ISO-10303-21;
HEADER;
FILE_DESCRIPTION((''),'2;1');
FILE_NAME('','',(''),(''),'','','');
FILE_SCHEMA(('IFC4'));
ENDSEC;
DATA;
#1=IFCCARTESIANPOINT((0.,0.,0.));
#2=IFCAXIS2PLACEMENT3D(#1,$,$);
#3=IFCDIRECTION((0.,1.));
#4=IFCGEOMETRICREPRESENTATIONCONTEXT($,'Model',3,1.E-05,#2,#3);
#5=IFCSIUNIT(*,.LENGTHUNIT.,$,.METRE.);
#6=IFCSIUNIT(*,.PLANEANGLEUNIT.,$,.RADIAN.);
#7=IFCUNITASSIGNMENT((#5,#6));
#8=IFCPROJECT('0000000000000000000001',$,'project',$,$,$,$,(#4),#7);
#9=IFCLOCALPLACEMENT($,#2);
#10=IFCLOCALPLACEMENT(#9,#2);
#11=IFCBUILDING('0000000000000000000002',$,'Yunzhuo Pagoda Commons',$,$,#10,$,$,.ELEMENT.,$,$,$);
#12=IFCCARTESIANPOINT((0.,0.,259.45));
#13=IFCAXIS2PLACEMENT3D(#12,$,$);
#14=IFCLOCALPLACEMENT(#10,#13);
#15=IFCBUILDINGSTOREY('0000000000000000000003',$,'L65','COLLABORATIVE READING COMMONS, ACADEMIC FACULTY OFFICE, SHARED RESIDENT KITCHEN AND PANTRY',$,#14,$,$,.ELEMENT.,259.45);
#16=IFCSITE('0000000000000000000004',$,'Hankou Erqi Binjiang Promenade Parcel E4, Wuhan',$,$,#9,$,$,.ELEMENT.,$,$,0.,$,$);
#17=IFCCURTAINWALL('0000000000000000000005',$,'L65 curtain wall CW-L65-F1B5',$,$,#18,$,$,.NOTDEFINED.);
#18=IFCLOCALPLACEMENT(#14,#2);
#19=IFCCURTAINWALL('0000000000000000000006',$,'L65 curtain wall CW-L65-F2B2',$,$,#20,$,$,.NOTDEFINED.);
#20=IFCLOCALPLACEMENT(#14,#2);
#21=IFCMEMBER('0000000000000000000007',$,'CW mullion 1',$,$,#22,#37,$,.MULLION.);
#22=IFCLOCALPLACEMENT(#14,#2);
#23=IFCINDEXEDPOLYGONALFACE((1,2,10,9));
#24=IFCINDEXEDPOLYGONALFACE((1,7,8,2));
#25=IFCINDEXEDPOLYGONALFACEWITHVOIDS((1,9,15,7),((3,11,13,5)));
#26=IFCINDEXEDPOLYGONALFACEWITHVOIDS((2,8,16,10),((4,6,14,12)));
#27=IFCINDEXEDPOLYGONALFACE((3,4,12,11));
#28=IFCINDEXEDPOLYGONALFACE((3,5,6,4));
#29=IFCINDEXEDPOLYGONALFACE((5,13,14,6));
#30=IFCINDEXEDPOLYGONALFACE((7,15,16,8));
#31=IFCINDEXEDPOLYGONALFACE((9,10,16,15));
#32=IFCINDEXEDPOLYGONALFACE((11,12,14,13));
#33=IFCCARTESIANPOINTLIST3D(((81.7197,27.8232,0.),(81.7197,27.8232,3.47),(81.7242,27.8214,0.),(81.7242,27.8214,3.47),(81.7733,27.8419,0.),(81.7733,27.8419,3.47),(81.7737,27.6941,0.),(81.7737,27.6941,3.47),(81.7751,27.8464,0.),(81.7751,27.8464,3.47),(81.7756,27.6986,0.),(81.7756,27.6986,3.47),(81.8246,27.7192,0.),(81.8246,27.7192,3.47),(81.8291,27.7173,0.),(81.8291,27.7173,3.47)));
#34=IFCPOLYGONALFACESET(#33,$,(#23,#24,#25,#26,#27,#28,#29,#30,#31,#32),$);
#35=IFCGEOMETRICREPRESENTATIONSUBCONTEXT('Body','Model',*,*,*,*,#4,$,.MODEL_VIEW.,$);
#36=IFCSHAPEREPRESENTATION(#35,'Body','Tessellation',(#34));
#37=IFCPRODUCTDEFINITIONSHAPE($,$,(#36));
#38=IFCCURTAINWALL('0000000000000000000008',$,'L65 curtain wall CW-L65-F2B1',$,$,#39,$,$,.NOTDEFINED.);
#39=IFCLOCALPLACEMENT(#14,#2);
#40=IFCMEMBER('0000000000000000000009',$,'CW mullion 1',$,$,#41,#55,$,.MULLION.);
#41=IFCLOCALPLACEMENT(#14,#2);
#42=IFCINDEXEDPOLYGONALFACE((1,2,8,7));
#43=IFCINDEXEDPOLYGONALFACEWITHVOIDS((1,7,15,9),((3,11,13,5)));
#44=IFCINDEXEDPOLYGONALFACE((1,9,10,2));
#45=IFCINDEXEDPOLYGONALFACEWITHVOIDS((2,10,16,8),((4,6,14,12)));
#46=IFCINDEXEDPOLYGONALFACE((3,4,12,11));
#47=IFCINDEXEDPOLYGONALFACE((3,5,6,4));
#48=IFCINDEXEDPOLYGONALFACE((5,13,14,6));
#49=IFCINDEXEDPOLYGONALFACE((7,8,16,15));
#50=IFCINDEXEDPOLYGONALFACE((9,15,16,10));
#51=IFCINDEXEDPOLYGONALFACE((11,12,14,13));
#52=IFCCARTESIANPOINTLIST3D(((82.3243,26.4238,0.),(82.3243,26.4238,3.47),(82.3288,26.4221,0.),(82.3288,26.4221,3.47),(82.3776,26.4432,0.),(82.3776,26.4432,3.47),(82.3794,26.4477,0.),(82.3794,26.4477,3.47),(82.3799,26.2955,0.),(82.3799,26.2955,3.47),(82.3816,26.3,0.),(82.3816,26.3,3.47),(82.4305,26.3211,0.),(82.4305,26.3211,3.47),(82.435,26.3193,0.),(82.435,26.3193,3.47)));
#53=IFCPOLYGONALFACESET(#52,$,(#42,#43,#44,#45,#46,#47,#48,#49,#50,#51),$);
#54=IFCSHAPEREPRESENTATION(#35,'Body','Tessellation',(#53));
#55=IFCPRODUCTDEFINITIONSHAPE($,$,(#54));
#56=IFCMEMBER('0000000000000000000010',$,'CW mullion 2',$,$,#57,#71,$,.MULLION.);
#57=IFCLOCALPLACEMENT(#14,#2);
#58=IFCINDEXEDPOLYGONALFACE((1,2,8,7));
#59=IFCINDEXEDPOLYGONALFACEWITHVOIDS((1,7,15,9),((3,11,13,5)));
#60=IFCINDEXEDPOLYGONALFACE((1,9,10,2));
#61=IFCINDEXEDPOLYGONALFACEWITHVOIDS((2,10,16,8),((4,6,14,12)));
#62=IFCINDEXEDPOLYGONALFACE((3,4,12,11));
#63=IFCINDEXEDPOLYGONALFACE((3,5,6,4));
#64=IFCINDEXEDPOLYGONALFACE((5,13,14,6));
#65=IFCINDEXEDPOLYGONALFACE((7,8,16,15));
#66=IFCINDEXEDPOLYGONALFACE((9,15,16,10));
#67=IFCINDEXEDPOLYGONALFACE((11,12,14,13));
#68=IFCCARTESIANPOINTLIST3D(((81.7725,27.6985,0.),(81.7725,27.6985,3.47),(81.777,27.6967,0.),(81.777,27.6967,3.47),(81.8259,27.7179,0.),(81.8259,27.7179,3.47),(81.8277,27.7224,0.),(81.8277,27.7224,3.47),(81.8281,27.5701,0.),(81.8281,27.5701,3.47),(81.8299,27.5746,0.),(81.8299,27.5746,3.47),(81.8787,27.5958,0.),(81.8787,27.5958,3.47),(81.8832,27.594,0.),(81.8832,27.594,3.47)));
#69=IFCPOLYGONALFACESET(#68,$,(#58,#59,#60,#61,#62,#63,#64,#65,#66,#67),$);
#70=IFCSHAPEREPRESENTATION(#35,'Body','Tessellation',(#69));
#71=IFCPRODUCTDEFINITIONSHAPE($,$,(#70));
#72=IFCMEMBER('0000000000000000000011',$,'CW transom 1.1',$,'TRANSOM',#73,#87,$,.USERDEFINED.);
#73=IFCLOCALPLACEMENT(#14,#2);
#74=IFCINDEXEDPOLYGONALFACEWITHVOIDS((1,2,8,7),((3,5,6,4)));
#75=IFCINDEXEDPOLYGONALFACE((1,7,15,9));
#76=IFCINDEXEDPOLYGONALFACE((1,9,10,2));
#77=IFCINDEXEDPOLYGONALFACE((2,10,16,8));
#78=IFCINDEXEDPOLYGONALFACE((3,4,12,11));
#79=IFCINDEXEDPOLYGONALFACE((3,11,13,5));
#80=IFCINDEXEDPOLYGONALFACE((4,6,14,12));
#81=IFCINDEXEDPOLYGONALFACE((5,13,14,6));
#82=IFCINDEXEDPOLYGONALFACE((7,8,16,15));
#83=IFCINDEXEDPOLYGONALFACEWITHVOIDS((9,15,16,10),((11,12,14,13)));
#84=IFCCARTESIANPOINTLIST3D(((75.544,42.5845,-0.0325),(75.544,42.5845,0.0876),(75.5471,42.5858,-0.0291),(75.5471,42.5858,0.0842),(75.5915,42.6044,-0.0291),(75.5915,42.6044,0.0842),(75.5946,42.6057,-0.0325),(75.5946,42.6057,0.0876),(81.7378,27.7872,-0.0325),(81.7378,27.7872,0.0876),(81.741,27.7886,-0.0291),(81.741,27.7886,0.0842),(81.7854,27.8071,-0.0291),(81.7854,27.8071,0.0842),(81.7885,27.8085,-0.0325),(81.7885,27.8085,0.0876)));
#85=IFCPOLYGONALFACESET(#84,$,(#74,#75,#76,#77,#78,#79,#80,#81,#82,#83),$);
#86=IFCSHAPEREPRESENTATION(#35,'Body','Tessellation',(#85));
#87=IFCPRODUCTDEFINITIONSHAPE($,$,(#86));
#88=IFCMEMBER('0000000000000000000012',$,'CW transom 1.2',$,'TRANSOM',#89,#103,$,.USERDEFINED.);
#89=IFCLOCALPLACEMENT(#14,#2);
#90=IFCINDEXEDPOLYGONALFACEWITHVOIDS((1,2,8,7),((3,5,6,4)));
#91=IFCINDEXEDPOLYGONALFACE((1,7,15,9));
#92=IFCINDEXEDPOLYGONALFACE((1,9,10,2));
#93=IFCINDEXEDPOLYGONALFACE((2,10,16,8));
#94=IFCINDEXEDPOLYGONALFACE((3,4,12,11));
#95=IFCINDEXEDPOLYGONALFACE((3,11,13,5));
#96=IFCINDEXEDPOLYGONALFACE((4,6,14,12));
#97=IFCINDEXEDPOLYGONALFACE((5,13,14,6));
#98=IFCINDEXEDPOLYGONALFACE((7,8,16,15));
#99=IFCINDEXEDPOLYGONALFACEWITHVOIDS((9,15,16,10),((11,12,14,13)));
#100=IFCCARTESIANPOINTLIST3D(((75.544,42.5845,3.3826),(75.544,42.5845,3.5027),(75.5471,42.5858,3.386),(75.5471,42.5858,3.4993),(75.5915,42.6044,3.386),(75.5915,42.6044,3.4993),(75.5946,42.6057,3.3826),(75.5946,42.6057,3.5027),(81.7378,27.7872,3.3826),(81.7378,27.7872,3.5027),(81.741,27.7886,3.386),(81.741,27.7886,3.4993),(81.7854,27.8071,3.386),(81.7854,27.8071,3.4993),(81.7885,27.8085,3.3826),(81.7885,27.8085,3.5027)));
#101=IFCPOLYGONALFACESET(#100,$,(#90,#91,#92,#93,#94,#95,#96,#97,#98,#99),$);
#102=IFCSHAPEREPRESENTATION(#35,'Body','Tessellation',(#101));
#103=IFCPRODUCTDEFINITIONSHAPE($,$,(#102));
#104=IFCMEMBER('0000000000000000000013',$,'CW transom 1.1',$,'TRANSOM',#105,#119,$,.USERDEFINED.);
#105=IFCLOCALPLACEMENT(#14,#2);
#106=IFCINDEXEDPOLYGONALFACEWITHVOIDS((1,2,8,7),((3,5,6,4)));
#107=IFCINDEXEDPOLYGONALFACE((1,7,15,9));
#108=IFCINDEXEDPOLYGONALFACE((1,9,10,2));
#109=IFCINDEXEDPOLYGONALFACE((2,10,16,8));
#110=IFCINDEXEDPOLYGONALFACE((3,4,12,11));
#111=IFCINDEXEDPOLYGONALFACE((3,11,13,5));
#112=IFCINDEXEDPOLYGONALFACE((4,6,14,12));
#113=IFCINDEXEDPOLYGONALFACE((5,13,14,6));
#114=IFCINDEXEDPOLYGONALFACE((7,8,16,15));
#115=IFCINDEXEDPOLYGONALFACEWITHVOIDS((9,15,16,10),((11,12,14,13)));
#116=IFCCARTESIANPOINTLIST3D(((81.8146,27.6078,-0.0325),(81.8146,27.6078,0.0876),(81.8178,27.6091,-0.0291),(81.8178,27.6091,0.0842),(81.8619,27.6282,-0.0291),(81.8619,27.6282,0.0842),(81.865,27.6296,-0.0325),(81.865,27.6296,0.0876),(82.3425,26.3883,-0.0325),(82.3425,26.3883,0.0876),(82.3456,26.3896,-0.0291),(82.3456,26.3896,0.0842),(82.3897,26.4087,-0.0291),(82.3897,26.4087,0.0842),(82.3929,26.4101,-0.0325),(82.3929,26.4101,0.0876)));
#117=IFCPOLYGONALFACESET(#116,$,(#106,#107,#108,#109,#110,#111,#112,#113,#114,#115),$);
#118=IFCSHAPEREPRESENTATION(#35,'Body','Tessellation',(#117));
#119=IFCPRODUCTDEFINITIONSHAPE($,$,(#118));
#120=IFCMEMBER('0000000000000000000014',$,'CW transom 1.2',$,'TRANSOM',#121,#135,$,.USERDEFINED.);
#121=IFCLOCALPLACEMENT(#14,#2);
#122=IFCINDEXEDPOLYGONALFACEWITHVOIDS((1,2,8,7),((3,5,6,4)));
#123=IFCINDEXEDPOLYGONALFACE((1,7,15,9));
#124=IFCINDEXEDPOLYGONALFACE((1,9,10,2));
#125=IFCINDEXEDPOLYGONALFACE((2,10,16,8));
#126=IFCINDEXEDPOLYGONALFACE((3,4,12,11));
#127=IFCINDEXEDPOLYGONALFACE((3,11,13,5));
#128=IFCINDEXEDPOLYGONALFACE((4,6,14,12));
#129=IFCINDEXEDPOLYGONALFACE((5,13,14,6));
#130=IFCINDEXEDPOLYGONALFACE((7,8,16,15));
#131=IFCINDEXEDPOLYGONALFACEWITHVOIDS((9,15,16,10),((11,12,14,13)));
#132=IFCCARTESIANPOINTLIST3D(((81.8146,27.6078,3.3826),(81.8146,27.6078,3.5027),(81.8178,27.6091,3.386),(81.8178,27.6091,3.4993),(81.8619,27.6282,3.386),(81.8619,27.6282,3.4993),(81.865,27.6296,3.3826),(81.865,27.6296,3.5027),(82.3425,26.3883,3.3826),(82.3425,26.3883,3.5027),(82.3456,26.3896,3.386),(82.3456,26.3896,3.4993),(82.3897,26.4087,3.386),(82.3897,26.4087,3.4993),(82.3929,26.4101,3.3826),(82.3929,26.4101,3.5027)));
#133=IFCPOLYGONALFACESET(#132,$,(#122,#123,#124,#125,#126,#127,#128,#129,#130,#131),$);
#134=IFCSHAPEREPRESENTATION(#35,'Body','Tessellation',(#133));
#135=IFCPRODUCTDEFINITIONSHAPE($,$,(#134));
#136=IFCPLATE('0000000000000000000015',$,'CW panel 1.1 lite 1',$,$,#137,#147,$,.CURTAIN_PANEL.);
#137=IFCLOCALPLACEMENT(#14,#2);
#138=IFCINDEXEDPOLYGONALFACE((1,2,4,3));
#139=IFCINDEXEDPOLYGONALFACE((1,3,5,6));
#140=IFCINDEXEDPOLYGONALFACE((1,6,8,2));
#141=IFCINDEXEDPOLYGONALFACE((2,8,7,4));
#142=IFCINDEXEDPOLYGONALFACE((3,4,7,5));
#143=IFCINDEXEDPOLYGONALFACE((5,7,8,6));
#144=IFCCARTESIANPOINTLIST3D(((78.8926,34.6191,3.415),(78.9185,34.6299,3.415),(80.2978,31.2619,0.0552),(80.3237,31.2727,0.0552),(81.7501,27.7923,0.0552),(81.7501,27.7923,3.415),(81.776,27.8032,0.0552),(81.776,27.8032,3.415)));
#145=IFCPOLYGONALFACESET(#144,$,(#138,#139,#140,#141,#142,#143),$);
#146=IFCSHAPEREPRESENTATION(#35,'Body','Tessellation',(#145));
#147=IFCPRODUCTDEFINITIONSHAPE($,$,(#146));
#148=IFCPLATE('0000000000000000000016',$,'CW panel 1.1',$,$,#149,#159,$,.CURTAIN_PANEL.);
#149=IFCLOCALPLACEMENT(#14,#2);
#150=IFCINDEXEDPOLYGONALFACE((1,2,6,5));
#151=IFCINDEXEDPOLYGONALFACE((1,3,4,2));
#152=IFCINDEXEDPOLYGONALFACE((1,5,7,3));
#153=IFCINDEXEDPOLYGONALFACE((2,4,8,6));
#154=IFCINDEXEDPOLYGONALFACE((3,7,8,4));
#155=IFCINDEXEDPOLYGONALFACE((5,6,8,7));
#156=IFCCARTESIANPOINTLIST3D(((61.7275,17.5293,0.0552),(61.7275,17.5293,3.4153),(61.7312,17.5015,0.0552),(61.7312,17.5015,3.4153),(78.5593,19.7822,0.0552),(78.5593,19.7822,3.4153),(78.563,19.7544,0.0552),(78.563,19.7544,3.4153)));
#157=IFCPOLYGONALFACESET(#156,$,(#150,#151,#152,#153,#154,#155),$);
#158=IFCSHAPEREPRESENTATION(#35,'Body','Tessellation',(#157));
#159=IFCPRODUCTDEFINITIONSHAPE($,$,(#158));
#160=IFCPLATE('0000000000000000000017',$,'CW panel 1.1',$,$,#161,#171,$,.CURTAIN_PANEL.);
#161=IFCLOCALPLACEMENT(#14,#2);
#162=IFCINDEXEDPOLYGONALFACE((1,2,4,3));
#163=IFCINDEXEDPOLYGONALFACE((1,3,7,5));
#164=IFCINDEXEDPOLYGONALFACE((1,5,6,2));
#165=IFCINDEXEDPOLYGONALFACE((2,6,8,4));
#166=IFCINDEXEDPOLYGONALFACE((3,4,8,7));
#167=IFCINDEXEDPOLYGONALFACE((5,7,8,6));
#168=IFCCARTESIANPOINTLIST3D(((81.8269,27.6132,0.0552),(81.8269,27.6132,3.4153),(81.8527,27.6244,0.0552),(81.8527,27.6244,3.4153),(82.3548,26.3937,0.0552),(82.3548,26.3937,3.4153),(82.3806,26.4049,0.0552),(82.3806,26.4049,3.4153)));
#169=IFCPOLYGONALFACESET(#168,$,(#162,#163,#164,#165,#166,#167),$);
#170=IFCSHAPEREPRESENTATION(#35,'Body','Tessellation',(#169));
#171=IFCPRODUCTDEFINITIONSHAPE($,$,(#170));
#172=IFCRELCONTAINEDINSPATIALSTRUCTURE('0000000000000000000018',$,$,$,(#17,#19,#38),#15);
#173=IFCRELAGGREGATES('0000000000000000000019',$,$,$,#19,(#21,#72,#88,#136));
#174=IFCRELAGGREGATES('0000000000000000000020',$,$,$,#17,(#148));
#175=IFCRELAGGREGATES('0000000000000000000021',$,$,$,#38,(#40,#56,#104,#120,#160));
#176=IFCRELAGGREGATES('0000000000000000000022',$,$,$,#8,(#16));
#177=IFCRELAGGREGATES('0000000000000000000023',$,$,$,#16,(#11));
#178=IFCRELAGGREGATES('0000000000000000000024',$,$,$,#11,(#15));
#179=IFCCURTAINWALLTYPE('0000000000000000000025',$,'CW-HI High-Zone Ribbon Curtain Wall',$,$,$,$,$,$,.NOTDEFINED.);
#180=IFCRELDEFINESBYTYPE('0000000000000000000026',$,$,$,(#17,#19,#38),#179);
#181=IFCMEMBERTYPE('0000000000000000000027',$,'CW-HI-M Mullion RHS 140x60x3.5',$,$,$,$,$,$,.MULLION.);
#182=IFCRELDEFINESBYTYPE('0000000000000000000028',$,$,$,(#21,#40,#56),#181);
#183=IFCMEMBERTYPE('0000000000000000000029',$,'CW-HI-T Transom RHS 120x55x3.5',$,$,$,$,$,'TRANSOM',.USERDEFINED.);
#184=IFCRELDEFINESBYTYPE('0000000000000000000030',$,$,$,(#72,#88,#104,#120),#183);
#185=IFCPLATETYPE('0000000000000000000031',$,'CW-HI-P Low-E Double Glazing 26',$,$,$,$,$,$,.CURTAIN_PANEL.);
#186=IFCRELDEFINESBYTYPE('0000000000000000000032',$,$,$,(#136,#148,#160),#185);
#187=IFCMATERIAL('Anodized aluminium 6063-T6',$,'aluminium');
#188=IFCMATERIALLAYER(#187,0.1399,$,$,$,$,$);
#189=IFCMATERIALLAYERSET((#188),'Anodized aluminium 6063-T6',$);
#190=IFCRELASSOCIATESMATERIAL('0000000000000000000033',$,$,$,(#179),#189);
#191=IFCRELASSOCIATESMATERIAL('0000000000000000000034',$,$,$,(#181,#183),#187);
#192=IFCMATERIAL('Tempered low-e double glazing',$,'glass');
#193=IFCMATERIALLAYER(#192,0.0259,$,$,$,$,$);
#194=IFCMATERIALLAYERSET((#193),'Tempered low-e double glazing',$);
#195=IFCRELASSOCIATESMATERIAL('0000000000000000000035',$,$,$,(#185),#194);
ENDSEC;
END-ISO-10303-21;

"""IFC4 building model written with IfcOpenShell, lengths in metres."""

from ifc_helpers import new_model, si_unit, direction, frame, origin, origin_2d, place, context, subcontext, project, spatial, polyline, rectangle, hollow_rectangle, outline, extrude, source, transform, mapped, material, layer, layer_set, material_profile, profile_set, type_object, element, aggregate, save


model = new_model("IFC4")

# Units and contexts
model_context = context("Model", 3, precision=1e-05, world=origin(), true_north=direction((0.0, 1.0)))
body_context = subcontext(model_context, "Body", "Model", "MODEL_VIEW")
ifc_project = project(units=[si_unit("LENGTHUNIT", "METRE"), si_unit("PLANEANGLEUNIT", "RADIAN")], contexts=[model_context])

# Site, building, storey
site_placement = place(None, origin())
site = spatial("IfcSite", under=ifc_project, at=site_placement, Name="Hankou Erqi Binjiang Promenade Parcel E4, Wuhan", CompositionType="ELEMENT", RefElevation=0.0)
building_placement = place(site_placement, origin())
building = spatial("IfcBuilding", under=site, at=building_placement, Name="Yunzhuo Pagoda Commons", CompositionType="ELEMENT")
storey_placement = place(building_placement, frame((0.0, 0.0, 259.45)))
storey = spatial("IfcBuildingStorey", under=building, at=storey_placement, Name="L65", Description="COLLABORATIVE READING COMMONS, ACADEMIC FACULTY OFFICE, SHARED RESIDENT KITCHEN AND PANTRY", CompositionType="ELEMENT", Elevation=259.45)

# Curtain walls, member
ifc_material_1 = material(Name="Anodized aluminium 6063-T6", Category="aluminium")
ifc_layer_1 = layer(ifc_material_1, 0.1399)
ifc_layer_set_1 = layer_set([ifc_layer_1], Name="Anodized aluminium 6063-T6")
curtain_wall_type = type_object("IfcCurtainWallType", Name="CW-HI High-Zone Ribbon Curtain Wall", PredefinedType="NOTDEFINED", material=ifc_layer_set_1)
curtain_wall_1_placement = place(storey_placement, origin())
curtain_wall_1 = element("IfcCurtainWall", 1, at=curtain_wall_1_placement, inside=storey, type_object=curtain_wall_type, Name="L65 curtain wall CW-L65-F1B5", PredefinedType="NOTDEFINED")
ifc_material_profile_1 = material_profile(ifc_material_1, hollow_rectangle(XDim=0.0601, YDim=0.1399, WallThickness=0.0034, at=origin_2d()), Name="Anodized aluminium 6063-T6")
ifc_profile_set_1 = profile_set([ifc_material_profile_1], Name="Anodized aluminium 6063-T6")
member_type_1 = type_object("IfcMemberType", Name="CW-HI-M Mullion RHS 140x60x3.5", PredefinedType="MULLION", material=ifc_profile_set_1)
shared_shape_1 = source(origin(), body_context, "Body", "SweptSolid", [
    extrude(hollow_rectangle(XDim=0.0601, YDim=0.1399, WallThickness=0.0034, at=origin_2d()), origin(), (0.0, 0.0, 1.0), 3.47),
])
curtain_wall_2_placement = place(storey_placement, origin())
curtain_wall_2 = element("IfcCurtainWall", 2, at=curtain_wall_2_placement, inside=storey, type_object=curtain_wall_type, Name="L65 curtain wall CW-L65-F2B2", PredefinedType="NOTDEFINED")
member_1_placement = place(storey_placement, frame((81.7744, 27.7703, 0.0), z_axis=(0.0, 0.0, 1.0), x_axis=(-0.922451, -0.386115, 0.0)))
member_1 = element("IfcMember", 3, at=member_1_placement, type_object=member_type_1, Name="CW mullion 1", PredefinedType="MULLION", context=body_context, shape_type="MappedRepresentation", body=[
    mapped(shared_shape_1, transform((0.0, 0.0, 0.0), scale=1.0)),
])

# Curtain wall, members
curtain_wall_3_placement = place(storey_placement, origin())
curtain_wall_3 = element("IfcCurtainWall", 4, at=curtain_wall_3_placement, inside=storey, type_object=curtain_wall_type, Name="L65 curtain wall CW-L65-F2B1", PredefinedType="NOTDEFINED")
member_2_placement = place(storey_placement, frame((82.3796, 26.3716, 0.0), z_axis=(0.0, 0.0, 1.0), x_axis=(-0.917707, -0.397257, 0.0)))
member_2 = element("IfcMember", 5, at=member_2_placement, type_object=member_type_1, Name="CW mullion 1", PredefinedType="MULLION", context=body_context, shape_type="MappedRepresentation", body=[
    mapped(shared_shape_1, transform((0.0, 0.0, 0.0), scale=1.0)),
])
member_3_placement = place(storey_placement, frame((81.8279, 27.6462, 0.0), z_axis=(0.0, 0.0, 1.0), x_axis=(-0.917707, -0.397257, 0.0)))
member_3 = element("IfcMember", 6, at=member_3_placement, type_object=member_type_1, Name="CW mullion 2", PredefinedType="MULLION", context=body_context, shape_type="MappedRepresentation", body=[
    mapped(shared_shape_1, transform((0.0, 0.0, 0.0), scale=1.0)),
])

# Members
ifc_material_profile_2 = material_profile(ifc_material_1, hollow_rectangle(XDim=0.0549, YDim=0.1201, WallThickness=0.0034, at=origin_2d()), Name="Anodized aluminium 6063-T6")
ifc_profile_set_2 = profile_set([ifc_material_profile_2], Name="Anodized aluminium 6063-T6")
member_type_2 = type_object("IfcMemberType", Name="CW-HI-T Transom RHS 120x55x3.5", ElementType="TRANSOM", PredefinedType="USERDEFINED", material=ifc_profile_set_2)
shared_shape_2 = source(origin(), body_context, "Body", "SweptSolid", [
    extrude(hollow_rectangle(XDim=0.0549, YDim=0.1201, WallThickness=0.0034, at=origin_2d()), origin(), (0.0, 0.0, 1.0), 16.0413),
])
member_4_placement = place(storey_placement, frame((81.7632, 27.7979, 0.0276), z_axis=(-0.386122, 0.922448, 0.0), x_axis=(-0.922448, -0.386122, 0.0)))
member_4 = element("IfcMember", 7, at=member_4_placement, type_object=member_type_2, Name="CW transom 1.1", ObjectType="TRANSOM", PredefinedType="USERDEFINED", context=body_context, shape_type="MappedRepresentation", body=[
    mapped(shared_shape_2, transform((0.0, 0.0, 0.0), scale=1.0)),
])
member_5_placement = place(storey_placement, frame((81.7632, 27.7979, 3.4426), z_axis=(-0.386122, 0.922448, 0.0), x_axis=(-0.922448, -0.386122, 0.0)))
member_5 = element("IfcMember", 8, at=member_5_placement, type_object=member_type_2, Name="CW transom 1.2", ObjectType="TRANSOM", PredefinedType="USERDEFINED", context=body_context, shape_type="MappedRepresentation", body=[
    mapped(shared_shape_2, transform((0.0, 0.0, 0.0), scale=1.0)),
])
shared_shape_3 = source(origin(), body_context, "Body", "SweptSolid", [
    extrude(hollow_rectangle(XDim=0.0549, YDim=0.1201, WallThickness=0.0034, at=origin_2d()), origin(), (0.0, 0.0, 1.0), 1.3289),
])
member_6_placement = place(storey_placement, frame((82.3677, 26.3992, 0.0276), z_axis=(-0.397221, 0.917723, 0.0), x_axis=(-0.917723, -0.397221, 0.0)))
member_6 = element("IfcMember", 9, at=member_6_placement, type_object=member_type_2, Name="CW transom 1.1", ObjectType="TRANSOM", PredefinedType="USERDEFINED", context=body_context, shape_type="MappedRepresentation", body=[
    mapped(shared_shape_3, transform((0.0, 0.0, 0.0), scale=1.0)),
])
member_7_placement = place(storey_placement, frame((82.3677, 26.3992, 3.4426), z_axis=(-0.397221, 0.917723, 0.0), x_axis=(-0.917723, -0.397221, 0.0)))
member_7 = element("IfcMember", 10, at=member_7_placement, type_object=member_type_2, Name="CW transom 1.2", ObjectType="TRANSOM", PredefinedType="USERDEFINED", context=body_context, shape_type="MappedRepresentation", body=[
    mapped(shared_shape_3, transform((0.0, 0.0, 0.0), scale=1.0)),
])

# Plates
ifc_material_2 = material(Name="Tempered low-e double glazing", Category="glass")
ifc_layer_2 = layer(ifc_material_2, 0.0259)
ifc_layer_set_2 = layer_set([ifc_layer_2], Name="Tempered low-e double glazing")
plate_type = type_object("IfcPlateType", Name="CW-HI-P Low-E Double Glazing 26", PredefinedType="CURTAIN_PANEL", material=ifc_layer_set_2)
plate_1_placement = place(storey_placement, frame((80.3213, 31.2058, 1.7351), z_axis=(0.922451, 0.386115, 0.0), x_axis=(-0.386115, 0.922451, 0.0)))
plate_1 = element("IfcPlate", 11, at=plate_1_placement, type_object=plate_type, Name="CW panel 1.1 lite 1", PredefinedType="CURTAIN_PANEL", context=body_context, shape_type="SweptSolid", body=[
    extrude(outline(polyline([(-3.7004, -1.6799), (0.0608, -1.6799), (3.7002, 1.6799), (-3.7004, 1.6799), (-3.7004, -1.6799)])), origin(), (0.0, 0.0, 1.0), 0.0281),
])
aggregate(curtain_wall_2, [member_1, member_4, member_5, plate_1])
shared_shape_4 = source(origin(), body_context, "Body", "SweptSolid", [
    extrude(rectangle(XDim=16.9819, YDim=0.0281, at=origin_2d()), origin(), (0.0, 0.0, 1.0), 3.3601),
])
plate_2_placement = place(storey_placement, frame((70.1453, 18.6418, 0.0552), z_axis=(0.0, 0.0, 1.0), x_axis=(0.991161, 0.132664, 0.0)))
plate_2 = element("IfcPlate", 12, at=plate_2_placement, type_object=plate_type, Name="CW panel 1.1", PredefinedType="CURTAIN_PANEL", context=body_context, shape_type="MappedRepresentation", body=[
    mapped(shared_shape_4, transform((0.0, 0.0, 0.0), scale=1.0)),
])
aggregate(curtain_wall_1, [plate_2])
shared_shape_5 = source(origin(), body_context, "Body", "SweptSolid", [
    extrude(rectangle(XDim=1.3289, YDim=0.0281, at=origin_2d()), origin(), (0.0, 0.0, 1.0), 3.3601),
])
plate_3_placement = place(storey_placement, frame((82.1038, 27.009, 0.0552), z_axis=(0.0, 0.0, 1.0), x_axis=(-0.397257, 0.917707, 0.0)))
plate_3 = element("IfcPlate", 13, at=plate_3_placement, type_object=plate_type, Name="CW panel 1.1", PredefinedType="CURTAIN_PANEL", context=body_context, shape_type="MappedRepresentation", body=[
    mapped(shared_shape_5, transform((0.0, 0.0, 0.0), scale=1.0)),
])
aggregate(curtain_wall_3, [member_2, member_3, member_6, member_7, plate_3])

save(model, "model.ifc")
